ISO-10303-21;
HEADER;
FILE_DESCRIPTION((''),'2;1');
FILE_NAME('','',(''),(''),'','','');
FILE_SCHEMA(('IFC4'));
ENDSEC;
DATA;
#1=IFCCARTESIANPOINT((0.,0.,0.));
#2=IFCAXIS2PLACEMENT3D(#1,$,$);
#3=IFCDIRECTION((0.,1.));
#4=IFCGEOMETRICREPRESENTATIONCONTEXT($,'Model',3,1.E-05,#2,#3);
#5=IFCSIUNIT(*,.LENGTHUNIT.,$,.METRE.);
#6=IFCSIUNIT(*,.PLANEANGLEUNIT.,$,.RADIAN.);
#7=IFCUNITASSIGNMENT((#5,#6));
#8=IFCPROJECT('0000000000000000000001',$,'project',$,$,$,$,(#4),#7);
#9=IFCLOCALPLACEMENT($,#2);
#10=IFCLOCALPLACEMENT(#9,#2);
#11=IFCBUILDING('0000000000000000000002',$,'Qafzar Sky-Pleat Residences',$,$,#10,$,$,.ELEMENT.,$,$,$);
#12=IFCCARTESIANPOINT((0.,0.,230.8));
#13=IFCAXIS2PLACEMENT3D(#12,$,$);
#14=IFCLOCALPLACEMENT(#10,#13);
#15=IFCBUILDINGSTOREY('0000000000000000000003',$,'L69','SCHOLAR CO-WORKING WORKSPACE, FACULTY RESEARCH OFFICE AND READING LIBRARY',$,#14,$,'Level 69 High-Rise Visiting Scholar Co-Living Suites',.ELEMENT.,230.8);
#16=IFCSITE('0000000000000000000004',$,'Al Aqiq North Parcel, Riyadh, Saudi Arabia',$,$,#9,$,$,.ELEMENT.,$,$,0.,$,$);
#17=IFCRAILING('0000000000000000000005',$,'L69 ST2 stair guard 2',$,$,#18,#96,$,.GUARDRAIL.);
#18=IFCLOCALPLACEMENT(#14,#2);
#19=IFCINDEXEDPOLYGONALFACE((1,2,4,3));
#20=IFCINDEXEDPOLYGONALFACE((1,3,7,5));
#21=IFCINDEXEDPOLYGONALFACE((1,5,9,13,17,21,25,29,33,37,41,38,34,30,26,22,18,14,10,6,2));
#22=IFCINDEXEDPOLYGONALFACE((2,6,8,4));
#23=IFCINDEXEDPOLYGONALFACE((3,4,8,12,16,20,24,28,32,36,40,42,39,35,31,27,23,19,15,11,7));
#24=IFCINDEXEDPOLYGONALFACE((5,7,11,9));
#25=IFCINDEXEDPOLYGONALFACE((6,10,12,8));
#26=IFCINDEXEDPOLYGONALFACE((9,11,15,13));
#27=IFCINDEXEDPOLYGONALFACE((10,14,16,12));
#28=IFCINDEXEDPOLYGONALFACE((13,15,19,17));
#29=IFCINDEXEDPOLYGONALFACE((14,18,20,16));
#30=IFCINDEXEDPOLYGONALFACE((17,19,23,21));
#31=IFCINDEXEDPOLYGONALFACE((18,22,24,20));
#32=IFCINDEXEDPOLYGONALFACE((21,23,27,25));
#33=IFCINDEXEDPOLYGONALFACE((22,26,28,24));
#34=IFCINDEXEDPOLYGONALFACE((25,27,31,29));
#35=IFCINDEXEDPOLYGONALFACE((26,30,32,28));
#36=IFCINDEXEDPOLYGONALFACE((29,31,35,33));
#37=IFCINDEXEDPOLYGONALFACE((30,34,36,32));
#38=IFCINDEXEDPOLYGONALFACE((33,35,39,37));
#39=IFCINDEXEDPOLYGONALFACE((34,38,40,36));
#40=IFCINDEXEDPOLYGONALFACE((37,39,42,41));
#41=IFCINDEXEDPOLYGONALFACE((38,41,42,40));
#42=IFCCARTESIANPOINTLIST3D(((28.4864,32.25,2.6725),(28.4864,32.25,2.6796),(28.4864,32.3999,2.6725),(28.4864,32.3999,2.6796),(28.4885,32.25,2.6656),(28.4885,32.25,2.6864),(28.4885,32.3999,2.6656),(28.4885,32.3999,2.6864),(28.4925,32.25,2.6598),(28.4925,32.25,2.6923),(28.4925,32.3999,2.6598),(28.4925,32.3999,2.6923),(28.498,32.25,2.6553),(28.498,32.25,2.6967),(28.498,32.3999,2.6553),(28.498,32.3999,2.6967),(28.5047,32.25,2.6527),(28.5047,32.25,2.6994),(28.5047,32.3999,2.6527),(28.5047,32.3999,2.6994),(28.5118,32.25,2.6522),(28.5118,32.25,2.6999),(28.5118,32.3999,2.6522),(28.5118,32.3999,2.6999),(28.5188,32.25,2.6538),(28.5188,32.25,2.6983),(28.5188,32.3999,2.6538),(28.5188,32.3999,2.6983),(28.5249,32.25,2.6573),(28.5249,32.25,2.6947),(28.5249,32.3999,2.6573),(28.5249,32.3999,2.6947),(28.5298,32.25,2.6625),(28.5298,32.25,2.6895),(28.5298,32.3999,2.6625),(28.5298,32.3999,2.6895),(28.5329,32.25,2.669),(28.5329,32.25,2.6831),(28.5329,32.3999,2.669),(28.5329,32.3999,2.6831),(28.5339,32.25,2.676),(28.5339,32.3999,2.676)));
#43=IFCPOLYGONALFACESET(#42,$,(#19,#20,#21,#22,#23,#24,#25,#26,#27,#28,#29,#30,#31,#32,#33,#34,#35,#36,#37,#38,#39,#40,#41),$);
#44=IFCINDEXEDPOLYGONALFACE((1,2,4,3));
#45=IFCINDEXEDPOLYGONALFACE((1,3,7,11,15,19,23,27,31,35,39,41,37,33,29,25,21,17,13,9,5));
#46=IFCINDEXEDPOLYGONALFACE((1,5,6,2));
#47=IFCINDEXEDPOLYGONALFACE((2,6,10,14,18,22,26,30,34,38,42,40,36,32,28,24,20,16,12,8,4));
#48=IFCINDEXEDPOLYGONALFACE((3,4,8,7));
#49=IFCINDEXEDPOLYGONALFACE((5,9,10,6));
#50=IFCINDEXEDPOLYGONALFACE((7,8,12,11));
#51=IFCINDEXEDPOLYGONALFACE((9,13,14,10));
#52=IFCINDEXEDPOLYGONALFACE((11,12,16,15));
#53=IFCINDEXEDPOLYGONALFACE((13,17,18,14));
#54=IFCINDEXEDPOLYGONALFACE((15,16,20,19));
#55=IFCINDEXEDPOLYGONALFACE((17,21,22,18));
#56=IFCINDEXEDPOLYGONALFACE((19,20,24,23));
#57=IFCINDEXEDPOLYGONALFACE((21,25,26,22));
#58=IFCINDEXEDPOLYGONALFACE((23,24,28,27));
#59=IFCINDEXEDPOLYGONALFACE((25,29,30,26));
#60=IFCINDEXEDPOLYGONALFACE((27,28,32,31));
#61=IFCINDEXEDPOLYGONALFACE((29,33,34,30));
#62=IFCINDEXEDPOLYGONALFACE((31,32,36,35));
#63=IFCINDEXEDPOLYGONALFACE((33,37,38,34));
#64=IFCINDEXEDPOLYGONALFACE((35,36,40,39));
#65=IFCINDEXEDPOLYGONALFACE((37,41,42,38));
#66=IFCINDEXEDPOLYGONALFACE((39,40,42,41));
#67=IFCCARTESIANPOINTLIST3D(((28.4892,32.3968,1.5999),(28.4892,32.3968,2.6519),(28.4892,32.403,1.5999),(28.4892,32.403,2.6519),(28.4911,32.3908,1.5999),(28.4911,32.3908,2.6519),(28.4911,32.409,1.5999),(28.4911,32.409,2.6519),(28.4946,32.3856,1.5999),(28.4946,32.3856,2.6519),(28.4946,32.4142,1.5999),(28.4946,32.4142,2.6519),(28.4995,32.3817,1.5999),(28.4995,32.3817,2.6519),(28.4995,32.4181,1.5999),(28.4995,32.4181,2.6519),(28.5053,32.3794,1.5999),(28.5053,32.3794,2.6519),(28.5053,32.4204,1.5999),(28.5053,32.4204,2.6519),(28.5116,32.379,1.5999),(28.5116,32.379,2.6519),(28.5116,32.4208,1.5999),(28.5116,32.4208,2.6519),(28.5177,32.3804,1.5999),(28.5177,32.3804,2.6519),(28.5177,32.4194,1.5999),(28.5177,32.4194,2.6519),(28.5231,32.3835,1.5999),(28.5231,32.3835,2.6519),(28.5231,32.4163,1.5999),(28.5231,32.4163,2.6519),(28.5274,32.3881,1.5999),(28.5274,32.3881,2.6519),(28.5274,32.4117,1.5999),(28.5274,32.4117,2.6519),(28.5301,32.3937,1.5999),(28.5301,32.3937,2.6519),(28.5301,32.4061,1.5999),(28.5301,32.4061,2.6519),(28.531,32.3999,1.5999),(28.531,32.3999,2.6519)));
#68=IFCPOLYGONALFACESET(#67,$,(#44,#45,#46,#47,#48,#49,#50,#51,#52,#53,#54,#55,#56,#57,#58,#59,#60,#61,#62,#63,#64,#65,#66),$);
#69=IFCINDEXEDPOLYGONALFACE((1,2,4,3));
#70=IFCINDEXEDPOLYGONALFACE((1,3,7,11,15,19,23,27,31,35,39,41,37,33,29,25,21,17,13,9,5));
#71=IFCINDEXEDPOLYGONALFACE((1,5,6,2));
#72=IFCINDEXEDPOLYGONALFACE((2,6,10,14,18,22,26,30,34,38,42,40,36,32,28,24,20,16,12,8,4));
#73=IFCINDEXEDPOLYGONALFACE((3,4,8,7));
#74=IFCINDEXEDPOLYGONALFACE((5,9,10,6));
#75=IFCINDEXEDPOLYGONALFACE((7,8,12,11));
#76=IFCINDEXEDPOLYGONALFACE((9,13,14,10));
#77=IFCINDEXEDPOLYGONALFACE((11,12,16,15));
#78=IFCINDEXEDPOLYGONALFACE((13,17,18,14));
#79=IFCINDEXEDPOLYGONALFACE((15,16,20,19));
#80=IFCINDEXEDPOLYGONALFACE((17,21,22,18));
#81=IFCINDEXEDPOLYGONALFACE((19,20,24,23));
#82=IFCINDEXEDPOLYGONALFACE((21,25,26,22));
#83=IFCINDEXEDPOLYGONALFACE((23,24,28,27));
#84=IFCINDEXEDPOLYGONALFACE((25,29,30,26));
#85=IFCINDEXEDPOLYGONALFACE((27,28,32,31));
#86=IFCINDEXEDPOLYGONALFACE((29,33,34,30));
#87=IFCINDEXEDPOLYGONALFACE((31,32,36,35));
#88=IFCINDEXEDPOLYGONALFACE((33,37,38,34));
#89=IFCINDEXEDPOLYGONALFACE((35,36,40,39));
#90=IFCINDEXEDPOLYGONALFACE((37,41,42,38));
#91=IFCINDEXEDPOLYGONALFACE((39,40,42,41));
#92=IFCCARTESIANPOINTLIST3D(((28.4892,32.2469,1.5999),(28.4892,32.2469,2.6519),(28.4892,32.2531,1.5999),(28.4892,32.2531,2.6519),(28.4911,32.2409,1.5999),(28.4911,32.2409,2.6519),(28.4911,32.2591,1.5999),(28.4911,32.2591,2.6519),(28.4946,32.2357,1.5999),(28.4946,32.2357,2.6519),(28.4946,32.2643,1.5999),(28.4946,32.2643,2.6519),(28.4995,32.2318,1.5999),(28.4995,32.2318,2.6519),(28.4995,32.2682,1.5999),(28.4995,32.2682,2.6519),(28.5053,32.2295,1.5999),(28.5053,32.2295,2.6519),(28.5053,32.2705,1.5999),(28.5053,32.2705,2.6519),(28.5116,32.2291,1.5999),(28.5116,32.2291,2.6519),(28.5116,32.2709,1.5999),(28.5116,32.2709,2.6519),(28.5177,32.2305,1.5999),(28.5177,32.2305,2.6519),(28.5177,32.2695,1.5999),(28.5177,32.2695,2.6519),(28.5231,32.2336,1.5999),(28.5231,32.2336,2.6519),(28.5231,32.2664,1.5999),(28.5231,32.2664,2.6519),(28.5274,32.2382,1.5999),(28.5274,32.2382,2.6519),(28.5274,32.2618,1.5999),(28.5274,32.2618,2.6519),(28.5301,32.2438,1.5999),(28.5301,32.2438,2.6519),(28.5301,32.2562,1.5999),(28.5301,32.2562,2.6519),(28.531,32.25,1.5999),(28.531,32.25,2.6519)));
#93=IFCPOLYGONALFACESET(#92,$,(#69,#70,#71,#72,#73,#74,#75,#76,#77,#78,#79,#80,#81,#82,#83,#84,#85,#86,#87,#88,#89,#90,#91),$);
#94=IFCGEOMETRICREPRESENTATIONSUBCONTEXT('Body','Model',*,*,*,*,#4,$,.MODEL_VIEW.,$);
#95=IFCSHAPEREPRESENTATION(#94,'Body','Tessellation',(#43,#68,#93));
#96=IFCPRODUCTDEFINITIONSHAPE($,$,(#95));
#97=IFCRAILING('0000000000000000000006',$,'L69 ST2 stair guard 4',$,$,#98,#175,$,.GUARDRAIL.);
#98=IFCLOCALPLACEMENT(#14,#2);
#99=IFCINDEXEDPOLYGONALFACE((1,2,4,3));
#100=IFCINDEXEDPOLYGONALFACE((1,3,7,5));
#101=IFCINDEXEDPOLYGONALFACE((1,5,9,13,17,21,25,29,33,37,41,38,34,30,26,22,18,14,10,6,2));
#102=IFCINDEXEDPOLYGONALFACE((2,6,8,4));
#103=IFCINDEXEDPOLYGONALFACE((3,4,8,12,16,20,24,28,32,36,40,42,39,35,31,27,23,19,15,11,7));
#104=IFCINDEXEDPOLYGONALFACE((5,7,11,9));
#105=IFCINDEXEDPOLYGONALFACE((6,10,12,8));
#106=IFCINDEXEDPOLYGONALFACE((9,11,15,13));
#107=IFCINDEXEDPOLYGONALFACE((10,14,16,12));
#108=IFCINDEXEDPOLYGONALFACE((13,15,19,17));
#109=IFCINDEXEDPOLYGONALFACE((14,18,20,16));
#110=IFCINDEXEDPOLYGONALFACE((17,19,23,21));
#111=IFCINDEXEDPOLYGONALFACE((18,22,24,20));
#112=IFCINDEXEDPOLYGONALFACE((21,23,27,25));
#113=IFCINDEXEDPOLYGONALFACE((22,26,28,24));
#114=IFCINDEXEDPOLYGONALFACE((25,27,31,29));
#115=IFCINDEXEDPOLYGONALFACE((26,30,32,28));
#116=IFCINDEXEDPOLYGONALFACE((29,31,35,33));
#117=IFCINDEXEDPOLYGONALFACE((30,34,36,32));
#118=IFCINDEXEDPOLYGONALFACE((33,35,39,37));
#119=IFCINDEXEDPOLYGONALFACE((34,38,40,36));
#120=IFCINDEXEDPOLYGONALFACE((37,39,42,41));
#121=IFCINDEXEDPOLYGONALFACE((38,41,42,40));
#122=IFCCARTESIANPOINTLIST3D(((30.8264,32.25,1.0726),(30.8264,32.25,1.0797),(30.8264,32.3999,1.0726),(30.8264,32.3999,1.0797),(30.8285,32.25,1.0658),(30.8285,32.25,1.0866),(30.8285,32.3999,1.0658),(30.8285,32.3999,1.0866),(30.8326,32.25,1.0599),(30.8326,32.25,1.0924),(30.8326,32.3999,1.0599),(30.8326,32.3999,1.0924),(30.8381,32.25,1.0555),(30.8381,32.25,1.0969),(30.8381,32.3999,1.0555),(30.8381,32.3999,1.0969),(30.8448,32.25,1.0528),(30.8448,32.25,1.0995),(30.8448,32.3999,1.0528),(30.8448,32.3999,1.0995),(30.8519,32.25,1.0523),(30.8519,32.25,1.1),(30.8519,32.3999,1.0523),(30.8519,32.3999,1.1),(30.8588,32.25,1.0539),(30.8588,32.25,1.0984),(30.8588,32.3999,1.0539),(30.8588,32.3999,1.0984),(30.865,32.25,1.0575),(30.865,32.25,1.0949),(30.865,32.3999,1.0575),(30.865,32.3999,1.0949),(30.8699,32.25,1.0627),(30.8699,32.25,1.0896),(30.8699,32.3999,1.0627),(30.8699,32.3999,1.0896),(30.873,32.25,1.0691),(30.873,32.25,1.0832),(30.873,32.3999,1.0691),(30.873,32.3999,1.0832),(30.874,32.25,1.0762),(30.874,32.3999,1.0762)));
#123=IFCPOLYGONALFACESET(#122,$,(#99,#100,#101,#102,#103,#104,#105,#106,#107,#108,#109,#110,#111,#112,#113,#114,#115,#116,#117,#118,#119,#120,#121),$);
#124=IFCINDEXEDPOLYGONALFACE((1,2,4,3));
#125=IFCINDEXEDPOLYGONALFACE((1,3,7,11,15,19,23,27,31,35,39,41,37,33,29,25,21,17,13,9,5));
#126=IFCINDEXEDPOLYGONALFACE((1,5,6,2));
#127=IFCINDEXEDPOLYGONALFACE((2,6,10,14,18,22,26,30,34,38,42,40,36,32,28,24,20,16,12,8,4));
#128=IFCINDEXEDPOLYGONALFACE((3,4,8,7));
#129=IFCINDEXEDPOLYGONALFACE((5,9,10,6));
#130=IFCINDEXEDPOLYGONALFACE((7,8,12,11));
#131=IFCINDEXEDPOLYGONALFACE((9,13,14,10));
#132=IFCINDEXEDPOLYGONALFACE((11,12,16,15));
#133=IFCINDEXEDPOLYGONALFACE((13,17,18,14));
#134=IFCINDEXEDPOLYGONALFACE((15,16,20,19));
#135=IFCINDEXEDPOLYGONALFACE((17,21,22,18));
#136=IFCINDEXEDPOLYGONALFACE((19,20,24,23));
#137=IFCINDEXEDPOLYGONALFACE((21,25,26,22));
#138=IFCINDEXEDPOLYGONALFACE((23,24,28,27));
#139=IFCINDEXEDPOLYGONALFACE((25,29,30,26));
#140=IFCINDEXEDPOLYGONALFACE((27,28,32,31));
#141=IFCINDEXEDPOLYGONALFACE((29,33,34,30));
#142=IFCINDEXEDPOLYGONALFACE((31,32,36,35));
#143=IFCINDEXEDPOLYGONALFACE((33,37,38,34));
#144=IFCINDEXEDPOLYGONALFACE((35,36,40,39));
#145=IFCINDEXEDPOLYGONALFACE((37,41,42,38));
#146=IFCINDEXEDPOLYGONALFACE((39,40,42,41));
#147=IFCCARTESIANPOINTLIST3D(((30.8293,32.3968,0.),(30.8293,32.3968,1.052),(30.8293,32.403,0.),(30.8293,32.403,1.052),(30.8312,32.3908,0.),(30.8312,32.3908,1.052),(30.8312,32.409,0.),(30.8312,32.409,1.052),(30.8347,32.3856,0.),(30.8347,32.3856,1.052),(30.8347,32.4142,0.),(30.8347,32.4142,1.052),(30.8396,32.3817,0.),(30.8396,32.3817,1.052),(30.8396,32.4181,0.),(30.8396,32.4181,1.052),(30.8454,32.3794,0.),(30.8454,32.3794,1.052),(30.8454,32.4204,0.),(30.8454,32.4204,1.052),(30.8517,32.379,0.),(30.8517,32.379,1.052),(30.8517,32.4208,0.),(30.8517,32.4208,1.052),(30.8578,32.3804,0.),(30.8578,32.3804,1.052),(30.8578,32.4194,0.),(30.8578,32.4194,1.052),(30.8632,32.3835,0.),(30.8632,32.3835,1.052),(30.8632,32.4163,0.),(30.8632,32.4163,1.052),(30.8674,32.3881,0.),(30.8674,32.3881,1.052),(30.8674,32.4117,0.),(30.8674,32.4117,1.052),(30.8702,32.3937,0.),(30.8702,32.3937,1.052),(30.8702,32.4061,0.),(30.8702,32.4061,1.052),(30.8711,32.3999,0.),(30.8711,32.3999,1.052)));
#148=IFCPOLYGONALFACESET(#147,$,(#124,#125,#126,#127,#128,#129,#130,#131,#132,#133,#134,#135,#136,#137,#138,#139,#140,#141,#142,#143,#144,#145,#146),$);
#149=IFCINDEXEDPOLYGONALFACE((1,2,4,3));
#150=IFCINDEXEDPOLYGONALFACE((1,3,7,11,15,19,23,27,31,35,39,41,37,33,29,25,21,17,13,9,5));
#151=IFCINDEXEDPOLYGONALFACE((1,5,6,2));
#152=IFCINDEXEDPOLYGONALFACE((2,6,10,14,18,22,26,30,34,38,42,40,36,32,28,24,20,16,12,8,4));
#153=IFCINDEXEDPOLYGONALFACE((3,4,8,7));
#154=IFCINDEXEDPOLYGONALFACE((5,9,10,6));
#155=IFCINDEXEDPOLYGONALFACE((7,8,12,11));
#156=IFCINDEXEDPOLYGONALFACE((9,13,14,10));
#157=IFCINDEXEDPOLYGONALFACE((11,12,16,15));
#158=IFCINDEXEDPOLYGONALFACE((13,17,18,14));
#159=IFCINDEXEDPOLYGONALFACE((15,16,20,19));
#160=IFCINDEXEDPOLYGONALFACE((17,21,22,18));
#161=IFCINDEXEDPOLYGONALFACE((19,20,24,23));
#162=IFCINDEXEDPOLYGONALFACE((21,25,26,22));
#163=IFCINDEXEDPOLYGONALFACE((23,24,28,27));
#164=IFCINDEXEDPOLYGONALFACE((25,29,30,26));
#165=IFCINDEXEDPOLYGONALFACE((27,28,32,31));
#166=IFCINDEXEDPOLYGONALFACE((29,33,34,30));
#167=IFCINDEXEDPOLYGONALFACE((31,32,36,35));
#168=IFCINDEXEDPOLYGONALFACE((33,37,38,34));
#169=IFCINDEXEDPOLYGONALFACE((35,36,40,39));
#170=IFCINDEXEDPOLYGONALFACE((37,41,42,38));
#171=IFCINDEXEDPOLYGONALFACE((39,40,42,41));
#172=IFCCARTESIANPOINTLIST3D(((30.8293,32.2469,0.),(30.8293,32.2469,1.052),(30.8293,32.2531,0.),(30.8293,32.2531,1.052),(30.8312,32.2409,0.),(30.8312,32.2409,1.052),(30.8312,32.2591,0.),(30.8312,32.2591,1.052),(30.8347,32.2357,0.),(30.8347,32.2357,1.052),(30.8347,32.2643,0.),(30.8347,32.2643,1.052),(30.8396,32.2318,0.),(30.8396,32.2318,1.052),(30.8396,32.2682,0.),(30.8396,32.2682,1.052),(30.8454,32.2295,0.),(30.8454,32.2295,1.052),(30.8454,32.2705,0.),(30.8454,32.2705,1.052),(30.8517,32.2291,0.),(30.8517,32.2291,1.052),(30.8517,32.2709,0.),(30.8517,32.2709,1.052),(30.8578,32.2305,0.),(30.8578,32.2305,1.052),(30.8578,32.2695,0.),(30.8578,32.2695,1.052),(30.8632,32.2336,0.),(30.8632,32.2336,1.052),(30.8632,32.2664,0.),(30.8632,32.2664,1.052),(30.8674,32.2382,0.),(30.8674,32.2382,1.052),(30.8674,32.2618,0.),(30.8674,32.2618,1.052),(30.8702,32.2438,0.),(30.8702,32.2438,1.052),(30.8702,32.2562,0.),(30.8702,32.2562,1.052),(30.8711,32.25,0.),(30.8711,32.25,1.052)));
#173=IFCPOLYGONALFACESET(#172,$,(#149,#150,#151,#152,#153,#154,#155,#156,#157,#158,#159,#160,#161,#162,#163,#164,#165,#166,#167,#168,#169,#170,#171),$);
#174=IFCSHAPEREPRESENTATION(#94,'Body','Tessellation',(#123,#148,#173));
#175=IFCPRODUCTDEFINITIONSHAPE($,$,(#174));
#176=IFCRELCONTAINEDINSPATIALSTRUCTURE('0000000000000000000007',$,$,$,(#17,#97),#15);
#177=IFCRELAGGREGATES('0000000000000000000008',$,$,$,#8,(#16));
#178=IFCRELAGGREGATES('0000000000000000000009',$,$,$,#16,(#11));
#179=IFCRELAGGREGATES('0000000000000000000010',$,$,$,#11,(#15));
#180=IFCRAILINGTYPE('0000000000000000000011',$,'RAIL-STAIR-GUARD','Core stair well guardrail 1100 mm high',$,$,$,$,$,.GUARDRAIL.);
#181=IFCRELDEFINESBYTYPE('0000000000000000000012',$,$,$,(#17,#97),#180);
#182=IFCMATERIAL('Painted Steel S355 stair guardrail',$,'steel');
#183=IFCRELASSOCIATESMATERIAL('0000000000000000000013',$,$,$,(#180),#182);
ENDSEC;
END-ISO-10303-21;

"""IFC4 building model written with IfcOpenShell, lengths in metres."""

from ifc_helpers import new_model, si_unit, direction, frame, origin, origin_2d, place, context, subcontext, project, spatial, circle, extrude, source, transform, mapped, material, type_object, element, save


model = new_model("IFC4")

# Units and contexts
model_context = context("Model", 3, precision=1e-05, world=origin(), true_north=direction((0.0, 1.0)))
body_context = subcontext(model_context, "Body", "Model", "MODEL_VIEW")
ifc_project = project(units=[si_unit("LENGTHUNIT", "METRE"), si_unit("PLANEANGLEUNIT", "RADIAN")], contexts=[model_context])

# Site, building, storey
site_placement = place(None, origin())
site = spatial("IfcSite", under=ifc_project, at=site_placement, Name="Al Aqiq North Parcel, Riyadh, Saudi Arabia", CompositionType="ELEMENT", RefElevation=0.0)
building_placement = place(site_placement, origin())
building = spatial("IfcBuilding", under=site, at=building_placement, Name="Qafzar Sky-Pleat Residences", CompositionType="ELEMENT")
storey_placement = place(building_placement, frame((0.0, 0.0, 230.8)))
storey = spatial("IfcBuildingStorey", under=building, at=storey_placement, Name="L69", Description="SCHOLAR CO-WORKING WORKSPACE, FACULTY RESEARCH OFFICE AND READING LIBRARY", LongName="Level 69 High-Rise Visiting Scholar Co-Living Suites", CompositionType="ELEMENT", Elevation=230.8)

# Railings
ifc_material_1 = material(Name="Painted Steel S355 stair guardrail", Category="steel")
railing_type_1 = type_object("IfcRailingType", Name="RAIL-STAIR-GUARD", Description="Core stair well guardrail 1100 mm high", PredefinedType="GUARDRAIL", material=ifc_material_1)
shared_shape_1 = source(origin(), body_context, "Body", "SweptSolid", [
    extrude(circle(Radius=0.0239, at=origin_2d()), frame((0.0, 0.0, 1.0762), z_axis=(0.0, -1.0, 0.0), x_axis=(1.0, 0.0, 0.0)), (0.0, 0.0, 1.0), 0.1499),
    extrude(circle(Radius=0.021, at=origin_2d()), origin(), (0.0, 0.0, 1.0), 1.052),
    extrude(circle(Radius=0.021, at=origin_2d()), frame((0.0, -0.1499, 0.0)), (0.0, 0.0, 1.0), 1.052),
])
for number, where, name in (
    (1, (28.51, 32.3999, 1.5999), "L69 ST2 stair guard 2"),
    (2, (30.8501, 32.3999, 0.0), "L69 ST2 stair guard 4"),
):
    element("IfcRailing", number, at=place(storey_placement, frame(where)), inside=storey, type_object=railing_type_1, Name=name, PredefinedType="GUARDRAIL", context=body_context, shape_type="MappedRepresentation", body=[
        mapped(shared_shape_1, transform((0.0, 0.0, 0.0), x_axis=(1.0, 0.0, 0.0), y_axis=(0.0, 1.0, 0.0), z_axis=(0.0, 0.0, 1.0), scale=1.0)),
    ])

save(model, "model.ifc")
